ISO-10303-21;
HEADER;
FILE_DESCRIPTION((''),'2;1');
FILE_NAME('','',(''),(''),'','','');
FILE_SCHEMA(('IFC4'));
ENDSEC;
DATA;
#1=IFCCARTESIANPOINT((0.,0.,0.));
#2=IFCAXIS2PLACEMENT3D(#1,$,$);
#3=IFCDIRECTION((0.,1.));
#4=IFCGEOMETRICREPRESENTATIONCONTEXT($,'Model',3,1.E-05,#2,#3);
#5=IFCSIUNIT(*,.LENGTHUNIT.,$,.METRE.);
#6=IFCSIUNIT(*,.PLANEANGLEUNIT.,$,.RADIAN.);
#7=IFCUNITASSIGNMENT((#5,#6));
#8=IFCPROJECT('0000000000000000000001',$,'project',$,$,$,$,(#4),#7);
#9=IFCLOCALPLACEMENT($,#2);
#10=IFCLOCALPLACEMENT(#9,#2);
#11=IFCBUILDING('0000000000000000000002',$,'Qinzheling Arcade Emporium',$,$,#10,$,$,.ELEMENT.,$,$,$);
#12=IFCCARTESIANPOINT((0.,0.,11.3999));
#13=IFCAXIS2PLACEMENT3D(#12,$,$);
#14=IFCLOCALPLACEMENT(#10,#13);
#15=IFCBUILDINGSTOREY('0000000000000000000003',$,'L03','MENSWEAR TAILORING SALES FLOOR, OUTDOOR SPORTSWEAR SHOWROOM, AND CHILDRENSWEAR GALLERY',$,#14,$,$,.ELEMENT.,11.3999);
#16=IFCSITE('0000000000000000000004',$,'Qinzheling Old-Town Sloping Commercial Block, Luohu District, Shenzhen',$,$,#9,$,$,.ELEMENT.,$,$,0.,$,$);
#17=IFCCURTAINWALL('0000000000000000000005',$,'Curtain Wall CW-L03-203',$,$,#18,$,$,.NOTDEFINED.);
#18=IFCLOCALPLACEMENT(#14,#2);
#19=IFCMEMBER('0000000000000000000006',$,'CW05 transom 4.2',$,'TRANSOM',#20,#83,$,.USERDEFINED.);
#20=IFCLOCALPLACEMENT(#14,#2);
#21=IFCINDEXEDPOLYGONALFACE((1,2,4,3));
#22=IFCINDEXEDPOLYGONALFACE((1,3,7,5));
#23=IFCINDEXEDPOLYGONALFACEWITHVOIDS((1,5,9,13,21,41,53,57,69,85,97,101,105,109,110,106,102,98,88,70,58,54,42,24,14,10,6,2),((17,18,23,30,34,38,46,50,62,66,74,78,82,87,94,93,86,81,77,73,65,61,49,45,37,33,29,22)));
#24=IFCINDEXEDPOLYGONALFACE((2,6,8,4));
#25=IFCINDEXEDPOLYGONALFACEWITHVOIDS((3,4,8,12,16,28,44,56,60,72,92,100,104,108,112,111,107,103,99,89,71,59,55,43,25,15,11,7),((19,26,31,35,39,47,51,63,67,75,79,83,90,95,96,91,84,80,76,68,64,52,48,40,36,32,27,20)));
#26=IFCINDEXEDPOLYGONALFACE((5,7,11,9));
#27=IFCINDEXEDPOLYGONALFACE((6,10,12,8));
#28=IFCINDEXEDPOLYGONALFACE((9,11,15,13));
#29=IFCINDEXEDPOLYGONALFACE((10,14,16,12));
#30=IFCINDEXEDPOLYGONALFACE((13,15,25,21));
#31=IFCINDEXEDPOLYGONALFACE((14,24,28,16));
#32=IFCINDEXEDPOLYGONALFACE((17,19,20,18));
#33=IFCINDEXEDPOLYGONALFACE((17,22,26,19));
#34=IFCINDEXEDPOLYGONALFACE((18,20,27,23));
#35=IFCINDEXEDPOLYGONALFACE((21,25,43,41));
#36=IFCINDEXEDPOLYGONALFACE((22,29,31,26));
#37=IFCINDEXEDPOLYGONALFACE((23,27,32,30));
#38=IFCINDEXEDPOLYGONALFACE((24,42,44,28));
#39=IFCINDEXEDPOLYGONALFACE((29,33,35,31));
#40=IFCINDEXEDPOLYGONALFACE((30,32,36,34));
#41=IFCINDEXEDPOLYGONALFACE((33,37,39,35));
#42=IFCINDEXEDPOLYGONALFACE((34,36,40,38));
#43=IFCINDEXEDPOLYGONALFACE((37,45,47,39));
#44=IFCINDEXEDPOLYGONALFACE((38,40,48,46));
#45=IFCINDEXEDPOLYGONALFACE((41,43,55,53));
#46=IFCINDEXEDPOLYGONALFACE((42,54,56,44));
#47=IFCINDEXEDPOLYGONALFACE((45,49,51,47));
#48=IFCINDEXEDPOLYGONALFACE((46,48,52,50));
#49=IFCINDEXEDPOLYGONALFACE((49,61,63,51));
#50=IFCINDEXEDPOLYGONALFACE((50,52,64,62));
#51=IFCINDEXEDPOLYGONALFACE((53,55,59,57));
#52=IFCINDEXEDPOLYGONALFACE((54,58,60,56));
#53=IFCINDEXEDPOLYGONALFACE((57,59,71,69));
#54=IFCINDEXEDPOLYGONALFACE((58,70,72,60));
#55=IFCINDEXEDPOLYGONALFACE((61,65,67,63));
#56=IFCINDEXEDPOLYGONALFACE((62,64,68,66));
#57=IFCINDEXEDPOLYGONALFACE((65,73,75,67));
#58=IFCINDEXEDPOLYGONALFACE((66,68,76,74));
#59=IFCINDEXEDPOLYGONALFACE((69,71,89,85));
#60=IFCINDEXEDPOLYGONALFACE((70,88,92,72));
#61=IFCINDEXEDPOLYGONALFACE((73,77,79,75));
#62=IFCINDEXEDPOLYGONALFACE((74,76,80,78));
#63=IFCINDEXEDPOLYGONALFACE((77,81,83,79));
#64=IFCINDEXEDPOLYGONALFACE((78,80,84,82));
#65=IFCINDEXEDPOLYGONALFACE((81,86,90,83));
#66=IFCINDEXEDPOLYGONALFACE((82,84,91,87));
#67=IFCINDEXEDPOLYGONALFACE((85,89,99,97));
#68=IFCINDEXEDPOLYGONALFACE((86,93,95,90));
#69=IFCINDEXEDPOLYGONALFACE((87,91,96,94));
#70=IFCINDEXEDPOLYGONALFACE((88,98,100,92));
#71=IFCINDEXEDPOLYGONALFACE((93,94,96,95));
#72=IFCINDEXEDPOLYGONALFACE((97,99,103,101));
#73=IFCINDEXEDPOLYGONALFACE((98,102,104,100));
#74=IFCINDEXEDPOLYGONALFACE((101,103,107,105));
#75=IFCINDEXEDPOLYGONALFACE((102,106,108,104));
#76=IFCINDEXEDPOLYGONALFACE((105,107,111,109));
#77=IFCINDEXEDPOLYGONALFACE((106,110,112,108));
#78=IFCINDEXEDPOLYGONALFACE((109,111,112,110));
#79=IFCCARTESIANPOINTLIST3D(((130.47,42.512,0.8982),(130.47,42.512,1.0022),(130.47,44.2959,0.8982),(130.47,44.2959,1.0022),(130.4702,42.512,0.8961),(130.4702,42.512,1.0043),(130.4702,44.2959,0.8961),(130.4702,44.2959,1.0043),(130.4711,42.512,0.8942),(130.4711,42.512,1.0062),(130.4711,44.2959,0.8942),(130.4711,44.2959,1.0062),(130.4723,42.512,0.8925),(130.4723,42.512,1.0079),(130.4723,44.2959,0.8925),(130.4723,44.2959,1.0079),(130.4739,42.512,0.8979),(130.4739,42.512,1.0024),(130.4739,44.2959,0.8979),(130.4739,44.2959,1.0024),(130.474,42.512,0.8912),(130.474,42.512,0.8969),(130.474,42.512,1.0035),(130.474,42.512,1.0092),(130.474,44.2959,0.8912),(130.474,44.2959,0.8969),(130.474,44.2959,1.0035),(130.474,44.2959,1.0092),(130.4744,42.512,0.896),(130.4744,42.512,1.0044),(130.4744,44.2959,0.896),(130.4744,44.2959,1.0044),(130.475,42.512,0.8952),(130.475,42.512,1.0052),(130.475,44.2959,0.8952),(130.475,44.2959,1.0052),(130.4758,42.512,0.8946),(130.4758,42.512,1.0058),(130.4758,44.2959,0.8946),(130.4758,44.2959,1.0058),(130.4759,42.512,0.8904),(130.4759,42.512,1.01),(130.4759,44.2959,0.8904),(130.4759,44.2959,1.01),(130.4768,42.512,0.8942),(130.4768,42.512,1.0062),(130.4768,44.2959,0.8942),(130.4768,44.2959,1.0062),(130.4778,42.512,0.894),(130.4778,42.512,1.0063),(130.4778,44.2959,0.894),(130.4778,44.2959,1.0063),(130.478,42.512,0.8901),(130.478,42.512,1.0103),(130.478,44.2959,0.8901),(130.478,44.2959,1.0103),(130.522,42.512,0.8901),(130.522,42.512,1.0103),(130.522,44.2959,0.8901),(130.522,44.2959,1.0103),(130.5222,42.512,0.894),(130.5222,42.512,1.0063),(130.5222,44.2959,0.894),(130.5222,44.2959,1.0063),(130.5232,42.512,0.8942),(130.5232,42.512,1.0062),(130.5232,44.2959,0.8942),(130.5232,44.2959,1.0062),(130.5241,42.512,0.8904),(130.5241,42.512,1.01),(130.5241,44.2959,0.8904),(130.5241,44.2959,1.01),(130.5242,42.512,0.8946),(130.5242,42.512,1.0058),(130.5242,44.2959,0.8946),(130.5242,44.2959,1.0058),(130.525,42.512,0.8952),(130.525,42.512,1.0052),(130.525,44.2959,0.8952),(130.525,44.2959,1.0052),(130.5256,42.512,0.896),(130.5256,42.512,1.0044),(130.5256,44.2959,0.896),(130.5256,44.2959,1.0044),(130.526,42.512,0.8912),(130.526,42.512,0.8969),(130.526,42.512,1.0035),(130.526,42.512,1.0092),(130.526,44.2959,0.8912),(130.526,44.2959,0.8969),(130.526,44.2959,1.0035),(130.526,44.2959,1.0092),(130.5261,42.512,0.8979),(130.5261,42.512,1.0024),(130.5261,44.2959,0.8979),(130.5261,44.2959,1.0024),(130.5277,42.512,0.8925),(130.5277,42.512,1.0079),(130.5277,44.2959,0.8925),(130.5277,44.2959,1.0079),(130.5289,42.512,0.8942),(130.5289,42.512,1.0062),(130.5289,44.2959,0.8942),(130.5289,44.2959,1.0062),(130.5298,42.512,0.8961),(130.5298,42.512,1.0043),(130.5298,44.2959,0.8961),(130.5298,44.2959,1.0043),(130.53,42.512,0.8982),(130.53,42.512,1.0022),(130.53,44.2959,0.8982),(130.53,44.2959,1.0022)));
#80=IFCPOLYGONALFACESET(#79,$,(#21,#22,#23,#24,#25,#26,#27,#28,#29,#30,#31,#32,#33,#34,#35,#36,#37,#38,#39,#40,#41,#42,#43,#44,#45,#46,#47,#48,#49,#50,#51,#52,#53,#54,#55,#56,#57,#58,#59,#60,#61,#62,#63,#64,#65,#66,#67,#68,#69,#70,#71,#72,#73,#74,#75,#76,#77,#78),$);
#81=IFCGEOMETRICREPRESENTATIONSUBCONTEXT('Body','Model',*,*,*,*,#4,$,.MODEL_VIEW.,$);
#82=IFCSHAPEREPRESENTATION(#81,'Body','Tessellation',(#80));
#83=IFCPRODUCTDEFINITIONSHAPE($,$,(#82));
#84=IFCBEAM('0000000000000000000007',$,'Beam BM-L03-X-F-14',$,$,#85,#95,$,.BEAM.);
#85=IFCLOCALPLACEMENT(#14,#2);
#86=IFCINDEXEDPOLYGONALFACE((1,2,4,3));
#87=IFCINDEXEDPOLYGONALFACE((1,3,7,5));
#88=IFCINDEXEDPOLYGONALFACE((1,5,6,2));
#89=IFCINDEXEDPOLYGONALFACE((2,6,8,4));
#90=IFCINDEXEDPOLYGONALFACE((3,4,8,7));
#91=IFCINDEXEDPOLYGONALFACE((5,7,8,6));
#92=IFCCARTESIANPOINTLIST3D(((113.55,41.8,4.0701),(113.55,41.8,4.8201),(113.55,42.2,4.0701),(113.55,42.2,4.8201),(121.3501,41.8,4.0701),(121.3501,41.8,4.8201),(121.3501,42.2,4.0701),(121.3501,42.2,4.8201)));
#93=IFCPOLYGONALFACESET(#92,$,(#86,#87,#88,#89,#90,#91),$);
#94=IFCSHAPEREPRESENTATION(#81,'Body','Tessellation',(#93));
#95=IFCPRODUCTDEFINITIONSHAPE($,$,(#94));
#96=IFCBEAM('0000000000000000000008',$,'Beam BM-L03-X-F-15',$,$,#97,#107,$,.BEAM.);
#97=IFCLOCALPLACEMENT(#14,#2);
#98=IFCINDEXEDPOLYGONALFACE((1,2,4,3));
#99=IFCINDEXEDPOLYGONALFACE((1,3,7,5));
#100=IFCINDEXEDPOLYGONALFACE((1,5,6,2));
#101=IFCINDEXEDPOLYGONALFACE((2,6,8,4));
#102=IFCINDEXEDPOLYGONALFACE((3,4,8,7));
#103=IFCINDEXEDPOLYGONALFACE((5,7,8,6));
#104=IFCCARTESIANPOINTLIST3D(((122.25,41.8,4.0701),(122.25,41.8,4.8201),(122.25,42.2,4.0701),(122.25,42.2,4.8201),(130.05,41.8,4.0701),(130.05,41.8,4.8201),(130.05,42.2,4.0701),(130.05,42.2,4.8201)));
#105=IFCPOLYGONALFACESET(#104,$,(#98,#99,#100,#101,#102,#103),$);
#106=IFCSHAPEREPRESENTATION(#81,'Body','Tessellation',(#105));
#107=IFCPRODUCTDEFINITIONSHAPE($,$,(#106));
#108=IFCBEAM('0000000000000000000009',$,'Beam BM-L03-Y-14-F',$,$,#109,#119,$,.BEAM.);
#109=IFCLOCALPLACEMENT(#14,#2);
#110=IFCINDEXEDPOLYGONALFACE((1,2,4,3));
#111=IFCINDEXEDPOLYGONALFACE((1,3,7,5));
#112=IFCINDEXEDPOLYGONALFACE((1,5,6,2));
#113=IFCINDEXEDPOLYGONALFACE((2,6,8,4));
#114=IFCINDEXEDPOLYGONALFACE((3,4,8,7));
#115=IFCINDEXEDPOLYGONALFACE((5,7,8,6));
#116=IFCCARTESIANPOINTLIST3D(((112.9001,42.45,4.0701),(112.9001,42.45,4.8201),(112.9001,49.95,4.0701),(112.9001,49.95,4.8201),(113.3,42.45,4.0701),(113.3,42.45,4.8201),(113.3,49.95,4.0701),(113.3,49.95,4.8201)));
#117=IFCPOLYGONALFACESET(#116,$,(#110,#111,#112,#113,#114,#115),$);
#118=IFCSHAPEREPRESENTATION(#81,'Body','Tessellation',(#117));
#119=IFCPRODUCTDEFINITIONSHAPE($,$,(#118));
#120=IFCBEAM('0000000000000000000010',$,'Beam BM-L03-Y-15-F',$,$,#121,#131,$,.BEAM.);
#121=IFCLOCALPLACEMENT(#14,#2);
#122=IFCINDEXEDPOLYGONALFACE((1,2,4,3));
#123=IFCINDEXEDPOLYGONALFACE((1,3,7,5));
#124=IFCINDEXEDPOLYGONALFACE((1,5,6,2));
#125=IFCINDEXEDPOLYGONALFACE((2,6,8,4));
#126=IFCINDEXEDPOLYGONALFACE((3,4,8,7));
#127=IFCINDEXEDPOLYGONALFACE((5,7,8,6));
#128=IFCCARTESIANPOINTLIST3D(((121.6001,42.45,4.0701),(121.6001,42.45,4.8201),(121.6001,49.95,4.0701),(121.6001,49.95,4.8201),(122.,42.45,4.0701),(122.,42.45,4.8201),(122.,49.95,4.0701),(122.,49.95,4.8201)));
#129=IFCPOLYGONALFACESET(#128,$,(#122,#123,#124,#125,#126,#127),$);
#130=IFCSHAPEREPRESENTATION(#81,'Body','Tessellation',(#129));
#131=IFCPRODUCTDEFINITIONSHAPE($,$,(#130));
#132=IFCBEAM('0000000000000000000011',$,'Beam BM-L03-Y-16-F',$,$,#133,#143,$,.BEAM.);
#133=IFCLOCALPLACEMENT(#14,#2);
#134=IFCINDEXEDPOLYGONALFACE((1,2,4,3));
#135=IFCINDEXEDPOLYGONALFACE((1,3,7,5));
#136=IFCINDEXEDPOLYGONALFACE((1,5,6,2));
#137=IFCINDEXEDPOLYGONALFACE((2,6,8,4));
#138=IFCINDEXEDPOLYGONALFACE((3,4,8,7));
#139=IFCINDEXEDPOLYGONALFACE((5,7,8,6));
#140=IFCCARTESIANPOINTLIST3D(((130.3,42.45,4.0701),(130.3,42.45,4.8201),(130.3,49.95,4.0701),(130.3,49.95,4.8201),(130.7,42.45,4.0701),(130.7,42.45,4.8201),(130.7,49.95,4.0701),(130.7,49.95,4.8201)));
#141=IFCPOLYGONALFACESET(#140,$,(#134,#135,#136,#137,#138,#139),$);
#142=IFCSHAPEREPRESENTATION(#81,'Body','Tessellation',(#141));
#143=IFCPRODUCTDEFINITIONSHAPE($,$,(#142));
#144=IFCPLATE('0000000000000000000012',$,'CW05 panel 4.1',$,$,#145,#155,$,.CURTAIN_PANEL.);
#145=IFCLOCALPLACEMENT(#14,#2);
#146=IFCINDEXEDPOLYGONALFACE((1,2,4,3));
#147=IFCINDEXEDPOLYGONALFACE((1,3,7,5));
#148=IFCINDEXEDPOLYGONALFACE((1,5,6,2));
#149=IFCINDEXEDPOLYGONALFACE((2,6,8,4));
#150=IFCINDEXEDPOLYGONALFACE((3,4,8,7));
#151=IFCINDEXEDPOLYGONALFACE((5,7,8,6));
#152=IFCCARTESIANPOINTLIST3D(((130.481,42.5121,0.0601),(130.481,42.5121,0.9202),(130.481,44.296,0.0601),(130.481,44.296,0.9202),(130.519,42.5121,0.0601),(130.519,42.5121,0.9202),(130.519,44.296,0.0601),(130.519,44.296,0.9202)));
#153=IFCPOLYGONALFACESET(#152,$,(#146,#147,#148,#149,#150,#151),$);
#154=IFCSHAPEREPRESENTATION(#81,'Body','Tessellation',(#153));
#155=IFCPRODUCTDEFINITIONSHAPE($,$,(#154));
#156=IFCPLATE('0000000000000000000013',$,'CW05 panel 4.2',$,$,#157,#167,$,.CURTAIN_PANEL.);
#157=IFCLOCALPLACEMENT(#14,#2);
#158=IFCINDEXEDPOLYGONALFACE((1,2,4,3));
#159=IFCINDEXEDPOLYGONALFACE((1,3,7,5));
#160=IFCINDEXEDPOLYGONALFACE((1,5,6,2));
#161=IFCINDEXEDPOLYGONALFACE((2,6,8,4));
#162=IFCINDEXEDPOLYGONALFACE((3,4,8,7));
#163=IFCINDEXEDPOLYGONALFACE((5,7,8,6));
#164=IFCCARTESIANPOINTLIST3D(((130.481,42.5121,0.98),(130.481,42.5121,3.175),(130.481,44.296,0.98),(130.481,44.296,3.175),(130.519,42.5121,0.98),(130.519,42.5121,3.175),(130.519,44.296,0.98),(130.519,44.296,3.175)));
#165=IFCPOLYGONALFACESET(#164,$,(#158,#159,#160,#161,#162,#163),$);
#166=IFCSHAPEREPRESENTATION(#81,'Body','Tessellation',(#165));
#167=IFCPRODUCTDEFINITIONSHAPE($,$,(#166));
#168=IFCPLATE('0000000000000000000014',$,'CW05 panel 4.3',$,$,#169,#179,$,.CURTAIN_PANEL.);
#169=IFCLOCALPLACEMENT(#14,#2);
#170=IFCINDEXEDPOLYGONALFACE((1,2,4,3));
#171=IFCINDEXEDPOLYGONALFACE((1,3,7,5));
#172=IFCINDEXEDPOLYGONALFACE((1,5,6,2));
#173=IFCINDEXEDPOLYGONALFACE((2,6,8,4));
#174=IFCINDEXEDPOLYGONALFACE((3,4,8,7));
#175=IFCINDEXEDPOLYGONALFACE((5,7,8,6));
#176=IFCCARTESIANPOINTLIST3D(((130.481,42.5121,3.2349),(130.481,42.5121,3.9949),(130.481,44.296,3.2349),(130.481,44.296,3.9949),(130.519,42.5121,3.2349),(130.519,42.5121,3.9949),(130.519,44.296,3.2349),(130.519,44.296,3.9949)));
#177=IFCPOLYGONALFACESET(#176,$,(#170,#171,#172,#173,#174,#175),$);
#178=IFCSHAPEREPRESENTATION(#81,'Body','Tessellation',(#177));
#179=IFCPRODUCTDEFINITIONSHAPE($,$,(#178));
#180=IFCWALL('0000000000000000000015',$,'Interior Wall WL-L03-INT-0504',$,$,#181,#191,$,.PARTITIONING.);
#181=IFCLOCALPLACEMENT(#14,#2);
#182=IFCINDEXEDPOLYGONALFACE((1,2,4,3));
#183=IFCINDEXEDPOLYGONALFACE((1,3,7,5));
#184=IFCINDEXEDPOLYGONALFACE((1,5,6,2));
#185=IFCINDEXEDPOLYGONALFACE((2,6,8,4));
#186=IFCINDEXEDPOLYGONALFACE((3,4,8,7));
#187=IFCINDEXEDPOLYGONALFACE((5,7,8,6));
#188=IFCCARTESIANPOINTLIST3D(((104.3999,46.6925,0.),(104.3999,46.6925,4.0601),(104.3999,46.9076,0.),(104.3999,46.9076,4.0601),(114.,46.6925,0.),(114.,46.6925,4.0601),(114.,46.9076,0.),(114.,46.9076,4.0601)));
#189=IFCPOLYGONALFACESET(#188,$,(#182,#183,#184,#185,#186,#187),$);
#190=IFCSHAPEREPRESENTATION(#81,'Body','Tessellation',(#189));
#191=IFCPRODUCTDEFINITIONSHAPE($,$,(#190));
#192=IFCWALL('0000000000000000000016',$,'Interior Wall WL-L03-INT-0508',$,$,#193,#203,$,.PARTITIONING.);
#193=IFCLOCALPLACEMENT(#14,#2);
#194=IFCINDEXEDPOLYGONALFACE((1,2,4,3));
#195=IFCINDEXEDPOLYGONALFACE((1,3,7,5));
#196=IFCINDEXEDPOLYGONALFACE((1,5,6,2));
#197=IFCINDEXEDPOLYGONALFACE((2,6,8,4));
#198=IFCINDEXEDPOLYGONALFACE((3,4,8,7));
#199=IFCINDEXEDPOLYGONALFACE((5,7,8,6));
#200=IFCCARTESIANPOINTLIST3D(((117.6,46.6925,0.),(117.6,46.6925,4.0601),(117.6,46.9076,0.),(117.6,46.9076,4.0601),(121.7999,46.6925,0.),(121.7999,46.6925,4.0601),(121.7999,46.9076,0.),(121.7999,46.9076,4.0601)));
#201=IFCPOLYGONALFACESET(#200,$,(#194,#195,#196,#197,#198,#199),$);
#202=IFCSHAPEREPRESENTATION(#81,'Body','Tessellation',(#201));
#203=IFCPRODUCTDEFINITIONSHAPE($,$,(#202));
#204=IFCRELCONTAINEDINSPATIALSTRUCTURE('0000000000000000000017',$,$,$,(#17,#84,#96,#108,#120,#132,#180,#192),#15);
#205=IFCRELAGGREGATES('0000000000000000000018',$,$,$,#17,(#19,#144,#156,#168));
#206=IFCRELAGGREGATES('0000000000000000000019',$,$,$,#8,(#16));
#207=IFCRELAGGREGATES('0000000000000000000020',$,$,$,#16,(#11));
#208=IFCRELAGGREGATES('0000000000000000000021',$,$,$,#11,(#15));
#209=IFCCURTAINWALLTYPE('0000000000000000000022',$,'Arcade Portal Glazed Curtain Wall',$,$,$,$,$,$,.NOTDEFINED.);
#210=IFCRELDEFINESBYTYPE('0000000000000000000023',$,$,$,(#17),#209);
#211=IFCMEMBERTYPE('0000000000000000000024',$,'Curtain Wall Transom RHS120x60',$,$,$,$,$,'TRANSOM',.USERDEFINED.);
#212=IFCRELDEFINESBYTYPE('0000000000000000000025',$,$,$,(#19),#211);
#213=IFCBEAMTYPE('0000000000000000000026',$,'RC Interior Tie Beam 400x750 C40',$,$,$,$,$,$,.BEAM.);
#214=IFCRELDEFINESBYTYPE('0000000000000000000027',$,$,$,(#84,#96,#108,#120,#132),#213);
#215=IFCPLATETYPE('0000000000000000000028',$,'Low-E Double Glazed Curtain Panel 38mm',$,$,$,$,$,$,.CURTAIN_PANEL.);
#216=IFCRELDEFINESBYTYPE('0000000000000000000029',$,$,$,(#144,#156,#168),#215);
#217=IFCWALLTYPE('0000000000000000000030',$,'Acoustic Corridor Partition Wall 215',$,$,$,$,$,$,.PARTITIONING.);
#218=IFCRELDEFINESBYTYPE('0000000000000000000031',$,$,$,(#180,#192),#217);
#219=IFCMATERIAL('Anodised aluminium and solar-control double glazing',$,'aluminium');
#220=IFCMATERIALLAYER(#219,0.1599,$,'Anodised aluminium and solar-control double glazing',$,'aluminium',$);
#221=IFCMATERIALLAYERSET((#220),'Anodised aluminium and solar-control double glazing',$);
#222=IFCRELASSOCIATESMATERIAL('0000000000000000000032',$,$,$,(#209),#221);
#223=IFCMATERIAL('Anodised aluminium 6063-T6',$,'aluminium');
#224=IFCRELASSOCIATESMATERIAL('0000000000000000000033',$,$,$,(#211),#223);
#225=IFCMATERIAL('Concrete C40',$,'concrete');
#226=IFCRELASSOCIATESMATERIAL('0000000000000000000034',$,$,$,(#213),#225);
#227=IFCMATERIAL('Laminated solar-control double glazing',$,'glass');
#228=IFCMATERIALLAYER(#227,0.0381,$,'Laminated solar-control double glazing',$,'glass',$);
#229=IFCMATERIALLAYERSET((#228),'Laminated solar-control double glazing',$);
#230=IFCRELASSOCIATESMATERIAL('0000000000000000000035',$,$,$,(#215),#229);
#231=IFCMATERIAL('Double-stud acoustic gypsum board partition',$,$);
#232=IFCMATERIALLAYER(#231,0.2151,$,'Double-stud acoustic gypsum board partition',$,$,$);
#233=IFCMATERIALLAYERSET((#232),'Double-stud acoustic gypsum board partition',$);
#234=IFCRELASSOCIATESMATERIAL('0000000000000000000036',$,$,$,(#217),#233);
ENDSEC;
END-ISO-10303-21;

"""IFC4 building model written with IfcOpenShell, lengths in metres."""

from ifc_helpers import new_model, si_unit, direction, frame, frame_2d, origin, origin_2d, place, context, subcontext, project, spatial, rectangle, hollow_rectangle, extrude, material, layer, layer_set, material_profile, profile_set, type_object, element, aggregate, save


model = new_model("IFC4")

# Units and contexts
model_context = context("Model", 3, precision=1e-05, world=origin(), true_north=direction((0.0, 1.0)))
body_context = subcontext(model_context, "Body", "Model", "MODEL_VIEW")
ifc_project = project(units=[si_unit("LENGTHUNIT", "METRE"), si_unit("PLANEANGLEUNIT", "RADIAN")], contexts=[model_context])

# Site, building, storey
site_placement = place(None, origin())
site = spatial("IfcSite", under=ifc_project, at=site_placement, Name="Qinzheling Old-Town Sloping Commercial Block, Luohu District, Shenzhen", CompositionType="ELEMENT", RefElevation=0.0)
building_placement = place(site_placement, origin())
building = spatial("IfcBuilding", under=site, at=building_placement, Name="Qinzheling Arcade Emporium", CompositionType="ELEMENT")
storey_placement = place(building_placement, frame((0.0, 0.0, 11.3999)))
storey = spatial("IfcBuildingStorey", under=building, at=storey_placement, Name="L03", Description="MENSWEAR TAILORING SALES FLOOR, OUTDOOR SPORTSWEAR SHOWROOM, AND CHILDRENSWEAR GALLERY", CompositionType="ELEMENT", Elevation=11.3999)

# Curtain wall, member
ifc_material_1 = material(Name="Anodised aluminium and solar-control double glazing", Category="aluminium")
ifc_layer_1 = layer(ifc_material_1, 0.1599, Name="Anodised aluminium and solar-control double glazing", Category="aluminium")
ifc_layer_set_1 = layer_set([ifc_layer_1], Name="Anodised aluminium and solar-control double glazing")
curtain_wall_type = type_object("IfcCurtainWallType", Name="Arcade Portal Glazed Curtain Wall", PredefinedType="NOTDEFINED", material=ifc_layer_set_1)
curtain_wall_placement = place(storey_placement, origin())
curtain_wall = element("IfcCurtainWall", 1, at=curtain_wall_placement, inside=storey, type_object=curtain_wall_type, Name="Curtain Wall CW-L03-203", PredefinedType="NOTDEFINED")
ifc_material_2 = material(Name="Anodised aluminium 6063-T6", Category="aluminium")
ifc_material_profile_1 = material_profile(ifc_material_2, hollow_rectangle(XDim=0.0601, YDim=0.1201, WallThickness=0.0039, InnerFilletRadius=0.0039, OuterFilletRadius=0.0081, at=origin_2d()), Name="RHS 120x60x4", Category="aluminium")
ifc_profile_set_1 = profile_set([ifc_material_profile_1], Name="Anodised aluminium 6063-T6")
member_type_1 = type_object("IfcMemberType", Name="Curtain Wall Transom RHS120x60", ElementType="TRANSOM", PredefinedType="USERDEFINED", material=ifc_profile_set_1)
member_1_placement = place(storey_placement, frame((130.5, 44.2959, 0.9502), z_axis=(0.0, -1.0, 0.0), x_axis=(1.0, 0.0, 0.0)))
member_1 = element("IfcMember", 2, at=member_1_placement, type_object=member_type_1, Name="CW05 transom 4.2", ObjectType="TRANSOM", PredefinedType="USERDEFINED", context=body_context, shape_type="SweptSolid", body=[
    extrude(hollow_rectangle(XDim=0.0601, YDim=0.1201, WallThickness=0.0039, InnerFilletRadius=0.0039, OuterFilletRadius=0.0081, at=origin_2d()), origin(), (0.0, 0.0, 1.0), 1.7839),
])

# Beams
ifc_material_3 = material(Name="Concrete C40", Category="concrete")
ifc_material_profile_2 = material_profile(ifc_material_3, rectangle(XDim=0.3999, YDim=0.75, at=origin_2d()), Name="RC 400x750", Category="concrete")
ifc_profile_set_2 = profile_set([ifc_material_profile_2], Name="Concrete C40")
beam_type = type_object("IfcBeamType", Name="RC Interior Tie Beam 400x750 C40", PredefinedType="BEAM", material=ifc_profile_set_2)
for number, where, z_axis, x_axis, name in (
    (3, (113.55, 42.0, 4.4451), (1.0, 0.0, 0.0), (0.0, 1.0, 0.0), "Beam BM-L03-X-F-14"),
    (4, (122.25, 42.0, 4.4451), (1.0, 0.0, 0.0), (0.0, 1.0, 0.0), "Beam BM-L03-X-F-15"),
):
    element("IfcBeam", number, at=place(storey_placement, frame(where, z_axis=z_axis, x_axis=x_axis)), inside=storey, type_object=beam_type, Name=name, PredefinedType="BEAM", context=body_context, shape_type="SweptSolid", body=[
        extrude(rectangle(XDim=0.3999, YDim=0.75, at=origin_2d()), origin(), (0.0, 0.0, 1.0), 7.8),
    ])
for number, where, z_axis, x_axis, name in (
    (5, (113.1001, 42.45, 4.4451), (0.0, 1.0, 0.0), (-1.0, 0.0, 0.0), "Beam BM-L03-Y-14-F"),
    (6, (121.8, 42.45, 4.4451), (0.0, 1.0, 0.0), (-1.0, 0.0, 0.0), "Beam BM-L03-Y-15-F"),
    (7, (130.5, 42.45, 4.4451), (0.0, 1.0, 0.0), (-1.0, 0.0, 0.0), "Beam BM-L03-Y-16-F"),
):
    element("IfcBeam", number, at=place(storey_placement, frame(where, z_axis=z_axis, x_axis=x_axis)), inside=storey, type_object=beam_type, Name=name, PredefinedType="BEAM", context=body_context, shape_type="SweptSolid", body=[
        extrude(rectangle(XDim=0.3999, YDim=0.75, at=origin_2d()), origin(), (0.0, 0.0, 1.0), 7.5),
    ])

# Plates
ifc_material_4 = material(Name="Laminated solar-control double glazing", Category="glass")
ifc_layer_2 = layer(ifc_material_4, 0.0381, Name="Laminated solar-control double glazing", Category="glass")
ifc_layer_set_2 = layer_set([ifc_layer_2], Name="Laminated solar-control double glazing")
plate_type = type_object("IfcPlateType", Name="Low-E Double Glazed Curtain Panel 38mm", PredefinedType="CURTAIN_PANEL", material=ifc_layer_set_2)
plate_1_placement = place(storey_placement, frame((130.5, 43.4041, 0.0601), z_axis=(0.0, 0.0, 1.0), x_axis=(0.0, -1.0, 0.0)))
plate_1 = element("IfcPlate", 8, at=plate_1_placement, type_object=plate_type, Name="CW05 panel 4.1", PredefinedType="CURTAIN_PANEL", context=body_context, shape_type="SweptSolid", body=[
    extrude(rectangle(XDim=1.7839, YDim=0.0381, at=origin_2d()), origin(), (0.0, 0.0, 1.0), 0.8601),
])
plate_2_placement = place(storey_placement, frame((130.5, 43.4041, 0.98), z_axis=(0.0, 0.0, 1.0), x_axis=(0.0, -1.0, 0.0)))
plate_2 = element("IfcPlate", 9, at=plate_2_placement, type_object=plate_type, Name="CW05 panel 4.2", PredefinedType="CURTAIN_PANEL", context=body_context, shape_type="SweptSolid", body=[
    extrude(rectangle(XDim=1.7839, YDim=0.0381, at=origin_2d()), origin(), (0.0, 0.0, 1.0), 2.1951),
])
plate_3_placement = place(storey_placement, frame((130.5, 43.4041, 3.2349), z_axis=(0.0, 0.0, 1.0), x_axis=(0.0, -1.0, 0.0)))
plate_3 = element("IfcPlate", 10, at=plate_3_placement, type_object=plate_type, Name="CW05 panel 4.3", PredefinedType="CURTAIN_PANEL", context=body_context, shape_type="SweptSolid", body=[
    extrude(rectangle(XDim=1.7839, YDim=0.0381, at=origin_2d()), origin(), (0.0, 0.0, 1.0), 0.76),
])
aggregate(curtain_wall, [member_1, plate_1, plate_2, plate_3])

# Walls
ifc_material_5 = material(Name="Double-stud acoustic gypsum board partition")
ifc_layer_3 = layer(ifc_material_5, 0.2151, Name="Double-stud acoustic gypsum board partition")
ifc_layer_set_3 = layer_set([ifc_layer_3], Name="Double-stud acoustic gypsum board partition")
wall_type_1 = type_object("IfcWallType", Name="Acoustic Corridor Partition Wall 215", PredefinedType="PARTITIONING", material=ifc_layer_set_3)
wall_1_placement = place(storey_placement, frame((114.0, 46.8, 0.0), z_axis=(0.0, 0.0, 1.0), x_axis=(-1.0, 0.0, 0.0)))
element("IfcWall", 11, at=wall_1_placement, inside=storey, type_object=wall_type_1, Name="Interior Wall WL-L03-INT-0504", PredefinedType="PARTITIONING", context=body_context, shape_type="SweptSolid", body=[
    extrude(rectangle(XDim=9.6001, YDim=0.2151, at=frame_2d((4.8, 0.0))), origin(), (0.0, 0.0, 1.0), 4.0601),
])
wall_2_placement = place(storey_placement, frame((121.8, 46.8, 0.0), z_axis=(0.0, 0.0, 1.0), x_axis=(-1.0, 0.0, 0.0)))
element("IfcWall", 12, at=wall_2_placement, inside=storey, type_object=wall_type_1, Name="Interior Wall WL-L03-INT-0508", PredefinedType="PARTITIONING", context=body_context, shape_type="SweptSolid", body=[
    extrude(rectangle(XDim=4.2, YDim=0.2151, at=frame_2d((2.1001, 0.0))), origin(), (0.0, 0.0, 1.0), 4.0601),
])

save(model, "model.ifc")
